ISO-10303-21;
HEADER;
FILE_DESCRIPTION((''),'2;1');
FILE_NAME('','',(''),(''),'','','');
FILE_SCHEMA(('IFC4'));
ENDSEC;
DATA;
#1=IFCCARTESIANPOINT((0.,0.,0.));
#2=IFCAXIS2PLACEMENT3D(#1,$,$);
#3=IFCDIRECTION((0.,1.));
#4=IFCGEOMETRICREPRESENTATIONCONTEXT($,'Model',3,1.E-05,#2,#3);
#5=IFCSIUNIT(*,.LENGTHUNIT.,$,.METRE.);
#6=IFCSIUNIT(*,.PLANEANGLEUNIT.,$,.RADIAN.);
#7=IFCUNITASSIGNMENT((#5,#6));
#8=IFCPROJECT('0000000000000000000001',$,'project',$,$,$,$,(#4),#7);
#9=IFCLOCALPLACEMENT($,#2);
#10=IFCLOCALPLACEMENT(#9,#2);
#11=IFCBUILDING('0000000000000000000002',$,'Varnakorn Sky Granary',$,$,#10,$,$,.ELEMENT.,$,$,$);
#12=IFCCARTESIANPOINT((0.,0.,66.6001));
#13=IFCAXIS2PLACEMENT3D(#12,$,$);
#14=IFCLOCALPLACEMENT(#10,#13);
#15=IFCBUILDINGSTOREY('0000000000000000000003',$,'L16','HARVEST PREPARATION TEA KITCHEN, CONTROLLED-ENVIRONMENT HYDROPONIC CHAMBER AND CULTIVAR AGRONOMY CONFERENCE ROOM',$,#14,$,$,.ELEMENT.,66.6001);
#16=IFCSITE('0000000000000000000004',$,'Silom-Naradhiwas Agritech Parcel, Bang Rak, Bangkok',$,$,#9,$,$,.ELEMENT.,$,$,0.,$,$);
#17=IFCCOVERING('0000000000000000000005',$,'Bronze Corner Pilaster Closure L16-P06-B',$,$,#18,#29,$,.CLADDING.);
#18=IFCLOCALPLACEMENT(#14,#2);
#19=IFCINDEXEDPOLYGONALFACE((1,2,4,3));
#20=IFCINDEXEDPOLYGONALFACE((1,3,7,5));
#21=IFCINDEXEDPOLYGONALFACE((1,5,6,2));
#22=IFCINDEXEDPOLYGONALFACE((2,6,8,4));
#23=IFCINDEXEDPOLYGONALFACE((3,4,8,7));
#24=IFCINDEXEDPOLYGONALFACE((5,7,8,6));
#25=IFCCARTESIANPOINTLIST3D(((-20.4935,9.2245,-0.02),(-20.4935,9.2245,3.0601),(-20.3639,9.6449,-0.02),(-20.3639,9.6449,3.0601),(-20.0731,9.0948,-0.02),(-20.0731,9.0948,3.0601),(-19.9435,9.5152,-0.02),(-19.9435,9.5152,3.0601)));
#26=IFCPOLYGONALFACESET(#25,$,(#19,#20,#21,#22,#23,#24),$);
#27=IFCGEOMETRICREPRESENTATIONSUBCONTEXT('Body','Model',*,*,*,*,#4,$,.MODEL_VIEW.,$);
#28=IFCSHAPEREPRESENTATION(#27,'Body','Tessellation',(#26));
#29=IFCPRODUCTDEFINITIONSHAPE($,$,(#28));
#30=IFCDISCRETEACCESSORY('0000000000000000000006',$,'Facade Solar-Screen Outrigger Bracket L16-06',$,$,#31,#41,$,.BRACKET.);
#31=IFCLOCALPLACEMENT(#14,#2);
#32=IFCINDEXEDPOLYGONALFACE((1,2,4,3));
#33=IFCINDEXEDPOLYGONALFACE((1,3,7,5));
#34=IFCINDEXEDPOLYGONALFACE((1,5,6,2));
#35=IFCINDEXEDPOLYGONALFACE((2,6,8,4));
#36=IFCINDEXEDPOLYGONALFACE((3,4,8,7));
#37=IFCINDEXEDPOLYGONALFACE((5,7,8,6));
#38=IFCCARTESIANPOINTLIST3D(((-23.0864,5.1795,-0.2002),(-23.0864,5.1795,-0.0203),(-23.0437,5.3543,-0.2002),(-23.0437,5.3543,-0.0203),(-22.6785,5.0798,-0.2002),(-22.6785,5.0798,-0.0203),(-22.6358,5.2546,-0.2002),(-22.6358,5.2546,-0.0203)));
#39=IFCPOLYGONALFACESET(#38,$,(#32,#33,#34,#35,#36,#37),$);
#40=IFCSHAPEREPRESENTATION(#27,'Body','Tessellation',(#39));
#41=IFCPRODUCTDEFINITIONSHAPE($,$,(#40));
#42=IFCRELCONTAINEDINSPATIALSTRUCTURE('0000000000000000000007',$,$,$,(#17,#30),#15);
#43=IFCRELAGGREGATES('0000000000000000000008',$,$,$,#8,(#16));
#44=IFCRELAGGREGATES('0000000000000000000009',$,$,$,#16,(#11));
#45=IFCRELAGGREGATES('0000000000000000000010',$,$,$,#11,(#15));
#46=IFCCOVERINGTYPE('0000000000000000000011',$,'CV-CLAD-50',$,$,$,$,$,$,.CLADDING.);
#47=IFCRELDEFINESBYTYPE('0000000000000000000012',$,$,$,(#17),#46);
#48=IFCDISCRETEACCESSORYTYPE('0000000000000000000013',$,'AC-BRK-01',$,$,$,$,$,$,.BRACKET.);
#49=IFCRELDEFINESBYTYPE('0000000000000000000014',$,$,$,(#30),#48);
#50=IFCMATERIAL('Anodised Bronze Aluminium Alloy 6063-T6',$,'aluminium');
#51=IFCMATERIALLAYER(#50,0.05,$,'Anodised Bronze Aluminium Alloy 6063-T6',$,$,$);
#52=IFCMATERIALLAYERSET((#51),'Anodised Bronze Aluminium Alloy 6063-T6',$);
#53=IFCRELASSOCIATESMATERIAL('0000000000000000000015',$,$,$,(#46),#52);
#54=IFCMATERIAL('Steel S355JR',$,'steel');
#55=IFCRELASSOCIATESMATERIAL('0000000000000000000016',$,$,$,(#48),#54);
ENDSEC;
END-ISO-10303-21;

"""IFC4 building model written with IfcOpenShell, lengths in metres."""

from ifc_helpers import new_model, si_unit, direction, frame, origin, origin_2d, place, context, subcontext, project, spatial, rectangle, extrude, source, transform, mapped, material, layer, layer_set, type_object, type_shapes, element, save


model = new_model("IFC4")

# Units and contexts
model_context = context("Model", 3, precision=1e-05, world=origin(), true_north=direction((0.0, 1.0)))
body_context = subcontext(model_context, "Body", "Model", "MODEL_VIEW")
ifc_project = project(units=[si_unit("LENGTHUNIT", "METRE"), si_unit("PLANEANGLEUNIT", "RADIAN")], contexts=[model_context])

# Site, building, storey
site_placement = place(None, origin())
site = spatial("IfcSite", under=ifc_project, at=site_placement, Name="Silom-Naradhiwas Agritech Parcel, Bang Rak, Bangkok", CompositionType="ELEMENT", RefElevation=0.0)
building_placement = place(site_placement, origin())
building = spatial("IfcBuilding", under=site, at=building_placement, Name="Varnakorn Sky Granary", CompositionType="ELEMENT")
storey_placement = place(building_placement, frame((0.0, 0.0, 66.6001)))
storey = spatial("IfcBuildingStorey", under=building, at=storey_placement, Name="L16", Description="HARVEST PREPARATION TEA KITCHEN, CONTROLLED-ENVIRONMENT HYDROPONIC CHAMBER AND CULTIVAR AGRONOMY CONFERENCE ROOM", CompositionType="ELEMENT", Elevation=66.6001)

# Shared definitions
ifc_material_1 = material(Name="Steel S355JR", Category="steel")

# Shared definitions
ifc_material_2 = material(Name="Anodised Bronze Aluminium Alloy 6063-T6", Category="aluminium")

# Covering
ifc_layer_1 = layer(ifc_material_2, 0.05, Name="Anodised Bronze Aluminium Alloy 6063-T6")
ifc_layer_set_1 = layer_set([ifc_layer_1], Name="Anodised Bronze Aluminium Alloy 6063-T6")
covering_type = type_object("IfcCoveringType", Name="CV-CLAD-50", PredefinedType="CLADDING", material=ifc_layer_set_1)
shared_shape_1 = source(origin(), body_context, "Body", "SweptSolid", [
    extrude(rectangle(XDim=0.4399, YDim=0.4399, at=origin_2d()), origin(), (0.0, 0.0, 1.0), 3.0801),
])
type_shapes(covering_type, [shared_shape_1])
covering_placement = place(storey_placement, frame((-20.2185, 9.3699, -0.02), z_axis=(0.0, 0.0, 1.0), x_axis=(0.294708, 0.955588, 0.0)))
element("IfcCovering", 1, at=covering_placement, inside=storey, type_object=covering_type, Name="Bronze Corner Pilaster Closure L16-P06-B", PredefinedType="CLADDING", context=body_context, shape_type="MappedRepresentation", body=[
    mapped(shared_shape_1, transform((0.0, 0.0, 0.0), x_axis=(1.0, 0.0, 0.0), y_axis=(0.0, 1.0, 0.0), z_axis=(0.0, 0.0, 1.0), scale=1.0)),
])

# Discrete accessory
discrete_accessory_type = type_object("IfcDiscreteAccessoryType", Name="AC-BRK-01", PredefinedType="BRACKET", material=ifc_material_1)
shared_shape_2 = source(origin(), body_context, "Body", "SweptSolid", [
    extrude(rectangle(XDim=0.1799, YDim=0.4199, at=origin_2d()), origin(), (0.0, 0.0, 1.0), 0.1799),
])
type_shapes(discrete_accessory_type, [shared_shape_2])
discrete_accessory_placement = place(storey_placement, frame((-22.8611, 5.217, -0.2002), z_axis=(0.0, 0.0, 1.0), x_axis=(-0.237254, -0.971448, 0.0)))
element("IfcDiscreteAccessory", 2, at=discrete_accessory_placement, inside=storey, type_object=discrete_accessory_type, Name="Facade Solar-Screen Outrigger Bracket L16-06", PredefinedType="BRACKET", context=body_context, shape_type="MappedRepresentation", body=[
    mapped(shared_shape_2, transform((0.0, 0.0, 0.0), x_axis=(1.0, 0.0, 0.0), y_axis=(0.0, 1.0, 0.0), z_axis=(0.0, 0.0, 1.0), scale=1.0)),
])

save(model, "model.ifc")
